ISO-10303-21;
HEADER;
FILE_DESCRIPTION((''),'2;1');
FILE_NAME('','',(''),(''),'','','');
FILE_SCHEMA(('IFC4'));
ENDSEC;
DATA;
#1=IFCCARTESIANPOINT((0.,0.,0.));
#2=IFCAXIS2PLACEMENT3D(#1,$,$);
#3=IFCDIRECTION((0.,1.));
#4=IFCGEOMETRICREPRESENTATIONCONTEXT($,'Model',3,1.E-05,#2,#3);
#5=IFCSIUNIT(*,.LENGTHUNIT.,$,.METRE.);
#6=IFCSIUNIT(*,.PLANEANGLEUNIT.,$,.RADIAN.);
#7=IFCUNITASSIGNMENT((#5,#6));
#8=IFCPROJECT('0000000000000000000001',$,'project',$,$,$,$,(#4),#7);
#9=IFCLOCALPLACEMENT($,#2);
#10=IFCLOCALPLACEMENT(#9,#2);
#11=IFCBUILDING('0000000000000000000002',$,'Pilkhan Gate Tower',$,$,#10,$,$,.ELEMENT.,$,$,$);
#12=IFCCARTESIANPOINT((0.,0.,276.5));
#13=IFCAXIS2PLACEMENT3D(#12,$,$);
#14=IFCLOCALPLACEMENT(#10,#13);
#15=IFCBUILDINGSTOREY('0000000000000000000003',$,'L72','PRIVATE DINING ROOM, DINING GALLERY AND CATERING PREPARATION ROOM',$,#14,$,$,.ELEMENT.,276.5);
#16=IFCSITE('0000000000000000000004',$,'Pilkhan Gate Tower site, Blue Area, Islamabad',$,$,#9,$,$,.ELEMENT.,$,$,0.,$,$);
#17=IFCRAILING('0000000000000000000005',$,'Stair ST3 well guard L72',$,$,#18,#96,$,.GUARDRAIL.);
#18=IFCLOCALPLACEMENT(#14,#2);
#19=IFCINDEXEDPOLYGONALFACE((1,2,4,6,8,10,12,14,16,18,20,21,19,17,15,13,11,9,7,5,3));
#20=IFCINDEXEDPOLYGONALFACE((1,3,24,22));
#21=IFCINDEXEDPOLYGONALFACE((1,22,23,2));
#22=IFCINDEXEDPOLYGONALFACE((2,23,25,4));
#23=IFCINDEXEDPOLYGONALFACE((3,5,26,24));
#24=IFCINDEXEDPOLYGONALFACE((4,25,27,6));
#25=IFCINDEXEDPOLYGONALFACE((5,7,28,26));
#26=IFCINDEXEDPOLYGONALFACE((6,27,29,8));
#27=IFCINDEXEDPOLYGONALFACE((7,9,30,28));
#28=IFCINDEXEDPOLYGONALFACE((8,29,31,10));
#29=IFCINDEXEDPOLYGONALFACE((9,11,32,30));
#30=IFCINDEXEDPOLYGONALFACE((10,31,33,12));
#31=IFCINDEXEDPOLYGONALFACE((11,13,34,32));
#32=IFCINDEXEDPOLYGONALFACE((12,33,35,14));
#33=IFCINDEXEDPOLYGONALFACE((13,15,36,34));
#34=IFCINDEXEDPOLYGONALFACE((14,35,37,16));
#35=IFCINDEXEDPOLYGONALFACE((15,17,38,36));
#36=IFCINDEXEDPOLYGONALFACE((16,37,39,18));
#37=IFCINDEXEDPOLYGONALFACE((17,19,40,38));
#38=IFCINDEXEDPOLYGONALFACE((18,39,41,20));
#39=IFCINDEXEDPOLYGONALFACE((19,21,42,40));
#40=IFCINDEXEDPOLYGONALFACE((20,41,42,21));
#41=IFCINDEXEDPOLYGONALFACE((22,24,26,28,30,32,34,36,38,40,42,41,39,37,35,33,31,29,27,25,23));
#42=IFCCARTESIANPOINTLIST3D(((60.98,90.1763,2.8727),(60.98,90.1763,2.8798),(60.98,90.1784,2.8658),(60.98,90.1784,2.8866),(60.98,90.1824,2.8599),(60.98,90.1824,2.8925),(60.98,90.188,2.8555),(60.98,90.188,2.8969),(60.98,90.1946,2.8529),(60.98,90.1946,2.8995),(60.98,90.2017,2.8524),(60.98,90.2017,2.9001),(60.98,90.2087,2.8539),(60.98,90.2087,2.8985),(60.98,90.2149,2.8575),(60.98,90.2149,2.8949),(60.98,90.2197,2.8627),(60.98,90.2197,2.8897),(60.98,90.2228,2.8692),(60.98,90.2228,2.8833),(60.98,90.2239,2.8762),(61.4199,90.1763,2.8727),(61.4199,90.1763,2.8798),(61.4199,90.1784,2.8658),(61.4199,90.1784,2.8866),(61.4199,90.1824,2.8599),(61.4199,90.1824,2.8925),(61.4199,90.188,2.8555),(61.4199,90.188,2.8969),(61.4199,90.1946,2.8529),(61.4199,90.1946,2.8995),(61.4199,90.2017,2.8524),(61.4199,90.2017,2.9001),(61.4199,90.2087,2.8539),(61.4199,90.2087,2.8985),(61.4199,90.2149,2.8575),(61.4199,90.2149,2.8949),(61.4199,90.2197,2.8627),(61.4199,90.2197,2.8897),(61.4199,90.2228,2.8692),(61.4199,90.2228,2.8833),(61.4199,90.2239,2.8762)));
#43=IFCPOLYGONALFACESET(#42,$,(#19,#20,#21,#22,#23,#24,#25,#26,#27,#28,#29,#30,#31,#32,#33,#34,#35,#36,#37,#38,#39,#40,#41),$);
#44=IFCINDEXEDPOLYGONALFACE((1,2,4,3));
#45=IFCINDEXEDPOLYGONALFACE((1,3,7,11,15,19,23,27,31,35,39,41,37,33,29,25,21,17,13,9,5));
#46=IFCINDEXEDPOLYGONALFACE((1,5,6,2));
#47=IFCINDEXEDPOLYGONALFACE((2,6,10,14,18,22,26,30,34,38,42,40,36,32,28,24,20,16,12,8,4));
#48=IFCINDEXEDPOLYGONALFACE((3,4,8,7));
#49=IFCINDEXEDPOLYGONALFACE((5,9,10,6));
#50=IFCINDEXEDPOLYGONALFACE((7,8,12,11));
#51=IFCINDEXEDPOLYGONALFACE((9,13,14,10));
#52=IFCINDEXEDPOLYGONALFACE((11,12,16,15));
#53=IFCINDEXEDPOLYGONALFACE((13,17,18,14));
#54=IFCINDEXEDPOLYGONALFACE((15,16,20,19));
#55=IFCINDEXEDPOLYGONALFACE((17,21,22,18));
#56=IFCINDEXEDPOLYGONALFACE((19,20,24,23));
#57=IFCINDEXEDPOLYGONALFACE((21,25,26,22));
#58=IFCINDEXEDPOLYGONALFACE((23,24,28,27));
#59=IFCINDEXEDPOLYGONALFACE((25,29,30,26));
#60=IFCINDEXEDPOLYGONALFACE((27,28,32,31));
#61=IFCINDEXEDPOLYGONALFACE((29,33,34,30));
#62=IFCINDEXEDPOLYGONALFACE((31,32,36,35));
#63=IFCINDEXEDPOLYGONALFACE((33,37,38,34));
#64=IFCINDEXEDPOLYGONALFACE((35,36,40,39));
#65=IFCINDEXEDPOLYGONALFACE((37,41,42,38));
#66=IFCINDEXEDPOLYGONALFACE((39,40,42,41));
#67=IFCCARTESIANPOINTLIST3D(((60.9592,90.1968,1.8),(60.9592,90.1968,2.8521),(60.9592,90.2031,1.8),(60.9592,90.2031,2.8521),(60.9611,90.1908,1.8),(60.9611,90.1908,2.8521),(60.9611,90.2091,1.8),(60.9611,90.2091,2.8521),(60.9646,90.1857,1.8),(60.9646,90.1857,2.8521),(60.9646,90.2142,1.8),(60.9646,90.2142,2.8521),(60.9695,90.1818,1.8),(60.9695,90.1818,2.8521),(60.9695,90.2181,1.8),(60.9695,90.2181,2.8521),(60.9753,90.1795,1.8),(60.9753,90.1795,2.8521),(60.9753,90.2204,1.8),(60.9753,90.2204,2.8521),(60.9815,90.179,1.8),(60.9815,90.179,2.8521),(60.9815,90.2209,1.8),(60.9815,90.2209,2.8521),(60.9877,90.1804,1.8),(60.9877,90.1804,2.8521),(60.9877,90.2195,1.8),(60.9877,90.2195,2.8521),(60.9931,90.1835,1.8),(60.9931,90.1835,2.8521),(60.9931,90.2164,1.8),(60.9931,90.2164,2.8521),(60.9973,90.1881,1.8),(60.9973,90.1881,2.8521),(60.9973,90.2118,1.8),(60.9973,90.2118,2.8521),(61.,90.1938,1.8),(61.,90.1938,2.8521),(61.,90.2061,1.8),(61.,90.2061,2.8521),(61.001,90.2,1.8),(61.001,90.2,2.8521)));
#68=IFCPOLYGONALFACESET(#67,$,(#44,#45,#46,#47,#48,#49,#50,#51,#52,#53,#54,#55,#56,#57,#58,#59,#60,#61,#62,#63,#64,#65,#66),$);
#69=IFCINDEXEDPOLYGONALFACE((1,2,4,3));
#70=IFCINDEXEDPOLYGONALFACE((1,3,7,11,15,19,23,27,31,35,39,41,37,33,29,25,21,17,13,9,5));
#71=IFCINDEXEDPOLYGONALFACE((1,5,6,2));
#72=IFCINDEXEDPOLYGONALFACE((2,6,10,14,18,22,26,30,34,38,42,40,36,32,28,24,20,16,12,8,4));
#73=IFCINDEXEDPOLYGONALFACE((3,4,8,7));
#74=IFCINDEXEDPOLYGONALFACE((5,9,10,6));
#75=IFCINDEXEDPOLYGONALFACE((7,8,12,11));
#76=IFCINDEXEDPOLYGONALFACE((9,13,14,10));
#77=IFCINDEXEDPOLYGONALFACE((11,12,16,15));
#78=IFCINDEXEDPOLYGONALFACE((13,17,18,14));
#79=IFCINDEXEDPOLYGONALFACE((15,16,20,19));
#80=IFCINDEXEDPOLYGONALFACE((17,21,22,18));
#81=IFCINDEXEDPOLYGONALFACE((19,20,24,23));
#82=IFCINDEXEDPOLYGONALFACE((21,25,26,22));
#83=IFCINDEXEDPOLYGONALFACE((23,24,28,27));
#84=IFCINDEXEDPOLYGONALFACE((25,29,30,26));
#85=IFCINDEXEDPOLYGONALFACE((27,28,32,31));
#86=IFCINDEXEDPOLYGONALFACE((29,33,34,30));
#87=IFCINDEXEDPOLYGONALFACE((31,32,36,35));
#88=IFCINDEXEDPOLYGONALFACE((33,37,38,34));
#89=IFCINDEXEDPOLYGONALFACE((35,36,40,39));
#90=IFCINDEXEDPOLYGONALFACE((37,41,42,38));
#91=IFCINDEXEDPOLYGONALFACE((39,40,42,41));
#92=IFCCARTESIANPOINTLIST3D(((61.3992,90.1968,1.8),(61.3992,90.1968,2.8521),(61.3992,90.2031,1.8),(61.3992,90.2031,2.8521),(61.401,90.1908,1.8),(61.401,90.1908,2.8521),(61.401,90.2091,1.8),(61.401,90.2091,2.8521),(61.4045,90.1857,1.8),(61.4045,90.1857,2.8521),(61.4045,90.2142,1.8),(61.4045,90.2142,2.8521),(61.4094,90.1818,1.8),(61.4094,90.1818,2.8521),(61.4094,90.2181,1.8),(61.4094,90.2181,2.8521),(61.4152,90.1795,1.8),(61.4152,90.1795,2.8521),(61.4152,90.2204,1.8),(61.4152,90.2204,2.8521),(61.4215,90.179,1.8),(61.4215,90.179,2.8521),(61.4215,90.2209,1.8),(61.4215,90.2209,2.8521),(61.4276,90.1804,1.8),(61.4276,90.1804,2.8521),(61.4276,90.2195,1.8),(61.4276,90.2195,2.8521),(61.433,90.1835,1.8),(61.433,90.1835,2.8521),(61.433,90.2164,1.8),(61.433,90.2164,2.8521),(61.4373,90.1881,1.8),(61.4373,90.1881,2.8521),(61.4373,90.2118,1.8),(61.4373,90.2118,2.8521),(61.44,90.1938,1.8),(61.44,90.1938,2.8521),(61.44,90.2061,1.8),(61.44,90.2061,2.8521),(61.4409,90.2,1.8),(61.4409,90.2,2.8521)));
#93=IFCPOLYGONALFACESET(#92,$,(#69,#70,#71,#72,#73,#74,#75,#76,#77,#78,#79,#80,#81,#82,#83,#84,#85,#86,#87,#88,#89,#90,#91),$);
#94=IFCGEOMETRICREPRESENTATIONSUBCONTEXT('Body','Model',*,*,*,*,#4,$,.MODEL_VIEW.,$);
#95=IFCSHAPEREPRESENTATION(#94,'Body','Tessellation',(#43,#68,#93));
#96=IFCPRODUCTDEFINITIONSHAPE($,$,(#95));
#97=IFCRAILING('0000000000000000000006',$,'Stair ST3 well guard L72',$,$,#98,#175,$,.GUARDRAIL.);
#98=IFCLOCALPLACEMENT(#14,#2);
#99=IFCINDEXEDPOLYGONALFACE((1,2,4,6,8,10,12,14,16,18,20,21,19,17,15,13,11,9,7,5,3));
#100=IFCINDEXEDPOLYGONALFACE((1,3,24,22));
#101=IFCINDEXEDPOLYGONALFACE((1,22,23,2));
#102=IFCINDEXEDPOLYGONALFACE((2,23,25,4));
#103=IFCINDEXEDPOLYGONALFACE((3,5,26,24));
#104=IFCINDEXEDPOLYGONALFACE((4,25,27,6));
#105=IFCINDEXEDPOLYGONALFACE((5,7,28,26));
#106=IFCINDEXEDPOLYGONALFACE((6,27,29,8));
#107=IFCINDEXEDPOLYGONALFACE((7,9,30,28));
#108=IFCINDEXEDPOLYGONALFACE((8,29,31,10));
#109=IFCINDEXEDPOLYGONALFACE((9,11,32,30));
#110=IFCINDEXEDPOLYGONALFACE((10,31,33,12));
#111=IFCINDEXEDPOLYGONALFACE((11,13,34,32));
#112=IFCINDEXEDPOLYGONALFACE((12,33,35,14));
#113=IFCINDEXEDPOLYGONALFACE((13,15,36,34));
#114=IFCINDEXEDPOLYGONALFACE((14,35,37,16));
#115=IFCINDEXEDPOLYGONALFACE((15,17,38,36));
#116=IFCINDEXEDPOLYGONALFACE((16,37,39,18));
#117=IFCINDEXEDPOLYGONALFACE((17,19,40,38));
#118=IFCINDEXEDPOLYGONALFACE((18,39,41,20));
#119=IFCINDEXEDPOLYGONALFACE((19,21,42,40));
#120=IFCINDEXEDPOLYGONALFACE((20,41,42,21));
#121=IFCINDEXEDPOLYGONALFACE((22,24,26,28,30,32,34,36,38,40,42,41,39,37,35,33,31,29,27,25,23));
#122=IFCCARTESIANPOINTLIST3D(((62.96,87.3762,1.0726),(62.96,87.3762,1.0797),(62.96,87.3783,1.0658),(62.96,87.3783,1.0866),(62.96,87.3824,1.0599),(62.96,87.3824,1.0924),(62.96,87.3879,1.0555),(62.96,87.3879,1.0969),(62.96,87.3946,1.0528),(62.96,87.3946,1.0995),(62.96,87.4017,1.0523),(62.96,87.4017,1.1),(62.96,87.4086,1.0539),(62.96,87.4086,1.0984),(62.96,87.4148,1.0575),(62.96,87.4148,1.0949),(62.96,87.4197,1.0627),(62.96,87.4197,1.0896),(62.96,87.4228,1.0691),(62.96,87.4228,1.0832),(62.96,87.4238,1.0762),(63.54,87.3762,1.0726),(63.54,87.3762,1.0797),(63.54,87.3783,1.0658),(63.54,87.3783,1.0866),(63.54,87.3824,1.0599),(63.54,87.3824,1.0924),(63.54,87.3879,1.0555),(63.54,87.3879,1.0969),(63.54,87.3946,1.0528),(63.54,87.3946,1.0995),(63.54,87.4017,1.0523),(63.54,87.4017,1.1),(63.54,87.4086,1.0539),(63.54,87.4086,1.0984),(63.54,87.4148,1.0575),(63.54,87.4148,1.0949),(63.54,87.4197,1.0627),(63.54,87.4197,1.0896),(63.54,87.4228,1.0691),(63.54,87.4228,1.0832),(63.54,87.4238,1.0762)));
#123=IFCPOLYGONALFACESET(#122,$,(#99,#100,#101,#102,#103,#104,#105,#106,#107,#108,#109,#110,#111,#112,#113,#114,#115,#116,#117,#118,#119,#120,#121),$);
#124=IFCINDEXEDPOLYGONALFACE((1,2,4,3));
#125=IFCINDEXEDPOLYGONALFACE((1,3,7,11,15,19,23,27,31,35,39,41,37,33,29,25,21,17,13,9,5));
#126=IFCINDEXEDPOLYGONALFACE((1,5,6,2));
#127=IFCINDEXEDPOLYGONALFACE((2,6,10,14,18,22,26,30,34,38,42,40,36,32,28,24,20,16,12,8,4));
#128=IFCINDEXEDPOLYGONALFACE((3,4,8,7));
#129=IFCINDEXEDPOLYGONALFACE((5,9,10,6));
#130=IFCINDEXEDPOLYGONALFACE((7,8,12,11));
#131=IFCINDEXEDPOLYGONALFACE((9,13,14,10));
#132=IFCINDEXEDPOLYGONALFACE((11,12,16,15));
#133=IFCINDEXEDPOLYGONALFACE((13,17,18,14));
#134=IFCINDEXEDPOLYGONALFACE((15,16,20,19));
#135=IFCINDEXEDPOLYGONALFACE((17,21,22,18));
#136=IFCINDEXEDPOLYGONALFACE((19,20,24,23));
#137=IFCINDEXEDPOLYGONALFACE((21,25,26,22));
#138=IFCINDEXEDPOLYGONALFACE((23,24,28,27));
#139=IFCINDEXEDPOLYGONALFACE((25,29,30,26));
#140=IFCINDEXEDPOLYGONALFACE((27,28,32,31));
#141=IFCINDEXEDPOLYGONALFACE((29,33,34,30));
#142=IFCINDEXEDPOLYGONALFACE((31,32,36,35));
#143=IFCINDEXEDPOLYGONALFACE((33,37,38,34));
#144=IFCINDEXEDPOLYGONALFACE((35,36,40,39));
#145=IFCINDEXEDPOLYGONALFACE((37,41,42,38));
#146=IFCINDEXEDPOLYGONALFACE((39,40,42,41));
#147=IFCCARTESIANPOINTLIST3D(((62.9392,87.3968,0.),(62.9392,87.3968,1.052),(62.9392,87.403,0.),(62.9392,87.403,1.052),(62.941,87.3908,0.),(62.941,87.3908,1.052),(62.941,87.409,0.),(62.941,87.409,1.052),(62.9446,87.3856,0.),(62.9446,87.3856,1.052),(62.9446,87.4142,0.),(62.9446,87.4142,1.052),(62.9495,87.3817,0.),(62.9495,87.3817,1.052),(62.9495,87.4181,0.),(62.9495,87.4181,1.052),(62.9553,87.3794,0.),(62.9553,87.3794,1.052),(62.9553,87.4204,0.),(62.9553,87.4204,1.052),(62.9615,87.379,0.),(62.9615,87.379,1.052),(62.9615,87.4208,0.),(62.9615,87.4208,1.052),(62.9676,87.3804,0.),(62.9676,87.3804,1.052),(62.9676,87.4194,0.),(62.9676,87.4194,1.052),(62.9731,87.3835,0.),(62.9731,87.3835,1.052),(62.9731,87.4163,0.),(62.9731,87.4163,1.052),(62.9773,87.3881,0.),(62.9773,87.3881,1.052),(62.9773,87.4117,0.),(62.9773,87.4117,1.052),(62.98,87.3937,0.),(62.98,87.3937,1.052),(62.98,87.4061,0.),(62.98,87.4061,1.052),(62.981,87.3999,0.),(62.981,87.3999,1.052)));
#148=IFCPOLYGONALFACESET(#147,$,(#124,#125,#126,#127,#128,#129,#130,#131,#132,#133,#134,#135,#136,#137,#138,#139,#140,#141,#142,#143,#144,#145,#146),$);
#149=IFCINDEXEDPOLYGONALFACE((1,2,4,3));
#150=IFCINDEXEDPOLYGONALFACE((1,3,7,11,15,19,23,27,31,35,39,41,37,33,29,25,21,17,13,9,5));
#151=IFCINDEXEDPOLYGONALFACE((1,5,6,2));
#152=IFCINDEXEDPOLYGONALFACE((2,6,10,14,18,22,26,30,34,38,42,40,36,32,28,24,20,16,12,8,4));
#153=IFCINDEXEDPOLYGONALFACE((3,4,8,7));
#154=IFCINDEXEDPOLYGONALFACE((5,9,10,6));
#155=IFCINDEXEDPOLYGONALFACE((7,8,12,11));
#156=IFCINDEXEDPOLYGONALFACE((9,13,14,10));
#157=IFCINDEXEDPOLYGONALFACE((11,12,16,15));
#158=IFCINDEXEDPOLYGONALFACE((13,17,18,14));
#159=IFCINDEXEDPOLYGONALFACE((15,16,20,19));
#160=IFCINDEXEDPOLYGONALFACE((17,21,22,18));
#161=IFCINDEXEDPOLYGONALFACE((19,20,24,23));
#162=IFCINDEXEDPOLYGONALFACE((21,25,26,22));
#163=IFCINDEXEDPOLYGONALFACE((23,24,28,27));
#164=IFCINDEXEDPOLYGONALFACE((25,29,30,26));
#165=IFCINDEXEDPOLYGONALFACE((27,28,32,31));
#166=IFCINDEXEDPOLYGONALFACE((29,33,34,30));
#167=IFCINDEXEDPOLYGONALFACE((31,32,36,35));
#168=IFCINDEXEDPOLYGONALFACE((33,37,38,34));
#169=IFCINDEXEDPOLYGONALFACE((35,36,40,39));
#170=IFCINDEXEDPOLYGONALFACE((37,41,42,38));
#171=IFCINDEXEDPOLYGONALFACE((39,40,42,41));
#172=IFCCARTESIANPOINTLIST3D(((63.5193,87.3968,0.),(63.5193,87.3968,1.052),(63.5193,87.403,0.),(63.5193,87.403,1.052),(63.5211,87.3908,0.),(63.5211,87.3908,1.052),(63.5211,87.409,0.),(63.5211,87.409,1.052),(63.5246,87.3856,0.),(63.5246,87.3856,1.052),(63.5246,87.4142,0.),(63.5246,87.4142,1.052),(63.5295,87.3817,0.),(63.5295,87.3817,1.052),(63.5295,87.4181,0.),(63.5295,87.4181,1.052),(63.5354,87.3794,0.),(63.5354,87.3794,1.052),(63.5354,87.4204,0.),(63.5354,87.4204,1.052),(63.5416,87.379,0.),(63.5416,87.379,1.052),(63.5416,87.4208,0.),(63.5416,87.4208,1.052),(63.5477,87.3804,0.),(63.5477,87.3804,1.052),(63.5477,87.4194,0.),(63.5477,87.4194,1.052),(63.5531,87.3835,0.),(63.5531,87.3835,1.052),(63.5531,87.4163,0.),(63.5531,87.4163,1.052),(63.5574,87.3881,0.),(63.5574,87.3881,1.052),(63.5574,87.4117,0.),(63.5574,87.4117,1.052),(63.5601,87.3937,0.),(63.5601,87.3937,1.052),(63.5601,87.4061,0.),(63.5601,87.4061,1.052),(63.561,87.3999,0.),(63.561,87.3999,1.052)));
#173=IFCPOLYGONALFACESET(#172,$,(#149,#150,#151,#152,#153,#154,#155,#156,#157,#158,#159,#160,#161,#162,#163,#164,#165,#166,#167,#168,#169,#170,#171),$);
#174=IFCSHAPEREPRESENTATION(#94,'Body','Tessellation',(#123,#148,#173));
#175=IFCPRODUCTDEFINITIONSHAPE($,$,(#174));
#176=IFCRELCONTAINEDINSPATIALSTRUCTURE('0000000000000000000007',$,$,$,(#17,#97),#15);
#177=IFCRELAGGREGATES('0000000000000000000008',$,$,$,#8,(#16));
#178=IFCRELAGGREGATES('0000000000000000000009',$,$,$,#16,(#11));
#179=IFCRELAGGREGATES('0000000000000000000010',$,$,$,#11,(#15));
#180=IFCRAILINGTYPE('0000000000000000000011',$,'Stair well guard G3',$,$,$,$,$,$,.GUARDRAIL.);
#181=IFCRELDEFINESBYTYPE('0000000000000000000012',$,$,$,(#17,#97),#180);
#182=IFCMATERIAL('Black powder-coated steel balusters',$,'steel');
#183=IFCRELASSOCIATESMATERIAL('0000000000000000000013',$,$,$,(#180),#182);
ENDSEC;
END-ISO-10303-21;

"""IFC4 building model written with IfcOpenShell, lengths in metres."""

from ifc_helpers import new_model, si_unit, direction, frame, origin, origin_2d, place, context, subcontext, project, spatial, circle, extrude, material, type_object, element, save


model = new_model("IFC4")

# Units and contexts
model_context = context("Model", 3, precision=1e-05, world=origin(), true_north=direction((0.0, 1.0)))
body_context = subcontext(model_context, "Body", "Model", "MODEL_VIEW")
ifc_project = project(units=[si_unit("LENGTHUNIT", "METRE"), si_unit("PLANEANGLEUNIT", "RADIAN")], contexts=[model_context])

# Site, building, storey
site_placement = place(None, origin())
site = spatial("IfcSite", under=ifc_project, at=site_placement, Name="Pilkhan Gate Tower site, Blue Area, Islamabad", CompositionType="ELEMENT", RefElevation=0.0)
building_placement = place(site_placement, origin())
building = spatial("IfcBuilding", under=site, at=building_placement, Name="Pilkhan Gate Tower", CompositionType="ELEMENT")
storey_placement = place(building_placement, frame((0.0, 0.0, 276.5)))
storey = spatial("IfcBuildingStorey", under=building, at=storey_placement, Name="L72", Description="PRIVATE DINING ROOM, DINING GALLERY AND CATERING PREPARATION ROOM", CompositionType="ELEMENT", Elevation=276.5)

# Railings
ifc_material_1 = material(Name="Black powder-coated steel balusters", Category="steel")
railing_type_1 = type_object("IfcRailingType", Name="Stair well guard G3", PredefinedType="GUARDRAIL", material=ifc_material_1)
railing_1_placement = place(storey_placement, frame((60.98, 90.2, 1.8)))
element("IfcRailing", 1, at=railing_1_placement, inside=storey, type_object=railing_type_1, Name="Stair ST3 well guard L72", PredefinedType="GUARDRAIL", context=body_context, shape_type="SweptSolid", body=[
    extrude(circle(Radius=0.0239, at=origin_2d()), frame((0.0, 0.0, 1.0762), z_axis=(1.0, 0.0, 0.0), x_axis=(0.0, 1.0, 0.0)), (0.0, 0.0, 1.0), 0.4399),
    extrude(circle(Radius=0.021, at=origin_2d()), origin(), (0.0, 0.0, 1.0), 1.052),
    extrude(circle(Radius=0.021, at=origin_2d()), frame((0.4399, 0.0, 0.0)), (0.0, 0.0, 1.0), 1.052),
])
for number, where, name in (
    (2, (62.96, 87.3999, 0.0), "Stair ST3 well guard L72"),
):
    element("IfcRailing", number, at=place(storey_placement, frame(where)), inside=storey, type_object=railing_type_1, Name=name, PredefinedType="GUARDRAIL", context=body_context, shape_type="SweptSolid", body=[
        extrude(circle(Radius=0.0239, at=origin_2d()), frame((0.0, 0.0, 1.0762), z_axis=(1.0, 0.0, 0.0), x_axis=(0.0, 1.0, 0.0)), (0.0, 0.0, 1.0), 0.5801),
        extrude(circle(Radius=0.021, at=origin_2d()), origin(), (0.0, 0.0, 1.0), 1.052),
        extrude(circle(Radius=0.021, at=origin_2d()), frame((0.5801, 0.0, 0.0)), (0.0, 0.0, 1.0), 1.052),
    ])

save(model, "model.ifc")
